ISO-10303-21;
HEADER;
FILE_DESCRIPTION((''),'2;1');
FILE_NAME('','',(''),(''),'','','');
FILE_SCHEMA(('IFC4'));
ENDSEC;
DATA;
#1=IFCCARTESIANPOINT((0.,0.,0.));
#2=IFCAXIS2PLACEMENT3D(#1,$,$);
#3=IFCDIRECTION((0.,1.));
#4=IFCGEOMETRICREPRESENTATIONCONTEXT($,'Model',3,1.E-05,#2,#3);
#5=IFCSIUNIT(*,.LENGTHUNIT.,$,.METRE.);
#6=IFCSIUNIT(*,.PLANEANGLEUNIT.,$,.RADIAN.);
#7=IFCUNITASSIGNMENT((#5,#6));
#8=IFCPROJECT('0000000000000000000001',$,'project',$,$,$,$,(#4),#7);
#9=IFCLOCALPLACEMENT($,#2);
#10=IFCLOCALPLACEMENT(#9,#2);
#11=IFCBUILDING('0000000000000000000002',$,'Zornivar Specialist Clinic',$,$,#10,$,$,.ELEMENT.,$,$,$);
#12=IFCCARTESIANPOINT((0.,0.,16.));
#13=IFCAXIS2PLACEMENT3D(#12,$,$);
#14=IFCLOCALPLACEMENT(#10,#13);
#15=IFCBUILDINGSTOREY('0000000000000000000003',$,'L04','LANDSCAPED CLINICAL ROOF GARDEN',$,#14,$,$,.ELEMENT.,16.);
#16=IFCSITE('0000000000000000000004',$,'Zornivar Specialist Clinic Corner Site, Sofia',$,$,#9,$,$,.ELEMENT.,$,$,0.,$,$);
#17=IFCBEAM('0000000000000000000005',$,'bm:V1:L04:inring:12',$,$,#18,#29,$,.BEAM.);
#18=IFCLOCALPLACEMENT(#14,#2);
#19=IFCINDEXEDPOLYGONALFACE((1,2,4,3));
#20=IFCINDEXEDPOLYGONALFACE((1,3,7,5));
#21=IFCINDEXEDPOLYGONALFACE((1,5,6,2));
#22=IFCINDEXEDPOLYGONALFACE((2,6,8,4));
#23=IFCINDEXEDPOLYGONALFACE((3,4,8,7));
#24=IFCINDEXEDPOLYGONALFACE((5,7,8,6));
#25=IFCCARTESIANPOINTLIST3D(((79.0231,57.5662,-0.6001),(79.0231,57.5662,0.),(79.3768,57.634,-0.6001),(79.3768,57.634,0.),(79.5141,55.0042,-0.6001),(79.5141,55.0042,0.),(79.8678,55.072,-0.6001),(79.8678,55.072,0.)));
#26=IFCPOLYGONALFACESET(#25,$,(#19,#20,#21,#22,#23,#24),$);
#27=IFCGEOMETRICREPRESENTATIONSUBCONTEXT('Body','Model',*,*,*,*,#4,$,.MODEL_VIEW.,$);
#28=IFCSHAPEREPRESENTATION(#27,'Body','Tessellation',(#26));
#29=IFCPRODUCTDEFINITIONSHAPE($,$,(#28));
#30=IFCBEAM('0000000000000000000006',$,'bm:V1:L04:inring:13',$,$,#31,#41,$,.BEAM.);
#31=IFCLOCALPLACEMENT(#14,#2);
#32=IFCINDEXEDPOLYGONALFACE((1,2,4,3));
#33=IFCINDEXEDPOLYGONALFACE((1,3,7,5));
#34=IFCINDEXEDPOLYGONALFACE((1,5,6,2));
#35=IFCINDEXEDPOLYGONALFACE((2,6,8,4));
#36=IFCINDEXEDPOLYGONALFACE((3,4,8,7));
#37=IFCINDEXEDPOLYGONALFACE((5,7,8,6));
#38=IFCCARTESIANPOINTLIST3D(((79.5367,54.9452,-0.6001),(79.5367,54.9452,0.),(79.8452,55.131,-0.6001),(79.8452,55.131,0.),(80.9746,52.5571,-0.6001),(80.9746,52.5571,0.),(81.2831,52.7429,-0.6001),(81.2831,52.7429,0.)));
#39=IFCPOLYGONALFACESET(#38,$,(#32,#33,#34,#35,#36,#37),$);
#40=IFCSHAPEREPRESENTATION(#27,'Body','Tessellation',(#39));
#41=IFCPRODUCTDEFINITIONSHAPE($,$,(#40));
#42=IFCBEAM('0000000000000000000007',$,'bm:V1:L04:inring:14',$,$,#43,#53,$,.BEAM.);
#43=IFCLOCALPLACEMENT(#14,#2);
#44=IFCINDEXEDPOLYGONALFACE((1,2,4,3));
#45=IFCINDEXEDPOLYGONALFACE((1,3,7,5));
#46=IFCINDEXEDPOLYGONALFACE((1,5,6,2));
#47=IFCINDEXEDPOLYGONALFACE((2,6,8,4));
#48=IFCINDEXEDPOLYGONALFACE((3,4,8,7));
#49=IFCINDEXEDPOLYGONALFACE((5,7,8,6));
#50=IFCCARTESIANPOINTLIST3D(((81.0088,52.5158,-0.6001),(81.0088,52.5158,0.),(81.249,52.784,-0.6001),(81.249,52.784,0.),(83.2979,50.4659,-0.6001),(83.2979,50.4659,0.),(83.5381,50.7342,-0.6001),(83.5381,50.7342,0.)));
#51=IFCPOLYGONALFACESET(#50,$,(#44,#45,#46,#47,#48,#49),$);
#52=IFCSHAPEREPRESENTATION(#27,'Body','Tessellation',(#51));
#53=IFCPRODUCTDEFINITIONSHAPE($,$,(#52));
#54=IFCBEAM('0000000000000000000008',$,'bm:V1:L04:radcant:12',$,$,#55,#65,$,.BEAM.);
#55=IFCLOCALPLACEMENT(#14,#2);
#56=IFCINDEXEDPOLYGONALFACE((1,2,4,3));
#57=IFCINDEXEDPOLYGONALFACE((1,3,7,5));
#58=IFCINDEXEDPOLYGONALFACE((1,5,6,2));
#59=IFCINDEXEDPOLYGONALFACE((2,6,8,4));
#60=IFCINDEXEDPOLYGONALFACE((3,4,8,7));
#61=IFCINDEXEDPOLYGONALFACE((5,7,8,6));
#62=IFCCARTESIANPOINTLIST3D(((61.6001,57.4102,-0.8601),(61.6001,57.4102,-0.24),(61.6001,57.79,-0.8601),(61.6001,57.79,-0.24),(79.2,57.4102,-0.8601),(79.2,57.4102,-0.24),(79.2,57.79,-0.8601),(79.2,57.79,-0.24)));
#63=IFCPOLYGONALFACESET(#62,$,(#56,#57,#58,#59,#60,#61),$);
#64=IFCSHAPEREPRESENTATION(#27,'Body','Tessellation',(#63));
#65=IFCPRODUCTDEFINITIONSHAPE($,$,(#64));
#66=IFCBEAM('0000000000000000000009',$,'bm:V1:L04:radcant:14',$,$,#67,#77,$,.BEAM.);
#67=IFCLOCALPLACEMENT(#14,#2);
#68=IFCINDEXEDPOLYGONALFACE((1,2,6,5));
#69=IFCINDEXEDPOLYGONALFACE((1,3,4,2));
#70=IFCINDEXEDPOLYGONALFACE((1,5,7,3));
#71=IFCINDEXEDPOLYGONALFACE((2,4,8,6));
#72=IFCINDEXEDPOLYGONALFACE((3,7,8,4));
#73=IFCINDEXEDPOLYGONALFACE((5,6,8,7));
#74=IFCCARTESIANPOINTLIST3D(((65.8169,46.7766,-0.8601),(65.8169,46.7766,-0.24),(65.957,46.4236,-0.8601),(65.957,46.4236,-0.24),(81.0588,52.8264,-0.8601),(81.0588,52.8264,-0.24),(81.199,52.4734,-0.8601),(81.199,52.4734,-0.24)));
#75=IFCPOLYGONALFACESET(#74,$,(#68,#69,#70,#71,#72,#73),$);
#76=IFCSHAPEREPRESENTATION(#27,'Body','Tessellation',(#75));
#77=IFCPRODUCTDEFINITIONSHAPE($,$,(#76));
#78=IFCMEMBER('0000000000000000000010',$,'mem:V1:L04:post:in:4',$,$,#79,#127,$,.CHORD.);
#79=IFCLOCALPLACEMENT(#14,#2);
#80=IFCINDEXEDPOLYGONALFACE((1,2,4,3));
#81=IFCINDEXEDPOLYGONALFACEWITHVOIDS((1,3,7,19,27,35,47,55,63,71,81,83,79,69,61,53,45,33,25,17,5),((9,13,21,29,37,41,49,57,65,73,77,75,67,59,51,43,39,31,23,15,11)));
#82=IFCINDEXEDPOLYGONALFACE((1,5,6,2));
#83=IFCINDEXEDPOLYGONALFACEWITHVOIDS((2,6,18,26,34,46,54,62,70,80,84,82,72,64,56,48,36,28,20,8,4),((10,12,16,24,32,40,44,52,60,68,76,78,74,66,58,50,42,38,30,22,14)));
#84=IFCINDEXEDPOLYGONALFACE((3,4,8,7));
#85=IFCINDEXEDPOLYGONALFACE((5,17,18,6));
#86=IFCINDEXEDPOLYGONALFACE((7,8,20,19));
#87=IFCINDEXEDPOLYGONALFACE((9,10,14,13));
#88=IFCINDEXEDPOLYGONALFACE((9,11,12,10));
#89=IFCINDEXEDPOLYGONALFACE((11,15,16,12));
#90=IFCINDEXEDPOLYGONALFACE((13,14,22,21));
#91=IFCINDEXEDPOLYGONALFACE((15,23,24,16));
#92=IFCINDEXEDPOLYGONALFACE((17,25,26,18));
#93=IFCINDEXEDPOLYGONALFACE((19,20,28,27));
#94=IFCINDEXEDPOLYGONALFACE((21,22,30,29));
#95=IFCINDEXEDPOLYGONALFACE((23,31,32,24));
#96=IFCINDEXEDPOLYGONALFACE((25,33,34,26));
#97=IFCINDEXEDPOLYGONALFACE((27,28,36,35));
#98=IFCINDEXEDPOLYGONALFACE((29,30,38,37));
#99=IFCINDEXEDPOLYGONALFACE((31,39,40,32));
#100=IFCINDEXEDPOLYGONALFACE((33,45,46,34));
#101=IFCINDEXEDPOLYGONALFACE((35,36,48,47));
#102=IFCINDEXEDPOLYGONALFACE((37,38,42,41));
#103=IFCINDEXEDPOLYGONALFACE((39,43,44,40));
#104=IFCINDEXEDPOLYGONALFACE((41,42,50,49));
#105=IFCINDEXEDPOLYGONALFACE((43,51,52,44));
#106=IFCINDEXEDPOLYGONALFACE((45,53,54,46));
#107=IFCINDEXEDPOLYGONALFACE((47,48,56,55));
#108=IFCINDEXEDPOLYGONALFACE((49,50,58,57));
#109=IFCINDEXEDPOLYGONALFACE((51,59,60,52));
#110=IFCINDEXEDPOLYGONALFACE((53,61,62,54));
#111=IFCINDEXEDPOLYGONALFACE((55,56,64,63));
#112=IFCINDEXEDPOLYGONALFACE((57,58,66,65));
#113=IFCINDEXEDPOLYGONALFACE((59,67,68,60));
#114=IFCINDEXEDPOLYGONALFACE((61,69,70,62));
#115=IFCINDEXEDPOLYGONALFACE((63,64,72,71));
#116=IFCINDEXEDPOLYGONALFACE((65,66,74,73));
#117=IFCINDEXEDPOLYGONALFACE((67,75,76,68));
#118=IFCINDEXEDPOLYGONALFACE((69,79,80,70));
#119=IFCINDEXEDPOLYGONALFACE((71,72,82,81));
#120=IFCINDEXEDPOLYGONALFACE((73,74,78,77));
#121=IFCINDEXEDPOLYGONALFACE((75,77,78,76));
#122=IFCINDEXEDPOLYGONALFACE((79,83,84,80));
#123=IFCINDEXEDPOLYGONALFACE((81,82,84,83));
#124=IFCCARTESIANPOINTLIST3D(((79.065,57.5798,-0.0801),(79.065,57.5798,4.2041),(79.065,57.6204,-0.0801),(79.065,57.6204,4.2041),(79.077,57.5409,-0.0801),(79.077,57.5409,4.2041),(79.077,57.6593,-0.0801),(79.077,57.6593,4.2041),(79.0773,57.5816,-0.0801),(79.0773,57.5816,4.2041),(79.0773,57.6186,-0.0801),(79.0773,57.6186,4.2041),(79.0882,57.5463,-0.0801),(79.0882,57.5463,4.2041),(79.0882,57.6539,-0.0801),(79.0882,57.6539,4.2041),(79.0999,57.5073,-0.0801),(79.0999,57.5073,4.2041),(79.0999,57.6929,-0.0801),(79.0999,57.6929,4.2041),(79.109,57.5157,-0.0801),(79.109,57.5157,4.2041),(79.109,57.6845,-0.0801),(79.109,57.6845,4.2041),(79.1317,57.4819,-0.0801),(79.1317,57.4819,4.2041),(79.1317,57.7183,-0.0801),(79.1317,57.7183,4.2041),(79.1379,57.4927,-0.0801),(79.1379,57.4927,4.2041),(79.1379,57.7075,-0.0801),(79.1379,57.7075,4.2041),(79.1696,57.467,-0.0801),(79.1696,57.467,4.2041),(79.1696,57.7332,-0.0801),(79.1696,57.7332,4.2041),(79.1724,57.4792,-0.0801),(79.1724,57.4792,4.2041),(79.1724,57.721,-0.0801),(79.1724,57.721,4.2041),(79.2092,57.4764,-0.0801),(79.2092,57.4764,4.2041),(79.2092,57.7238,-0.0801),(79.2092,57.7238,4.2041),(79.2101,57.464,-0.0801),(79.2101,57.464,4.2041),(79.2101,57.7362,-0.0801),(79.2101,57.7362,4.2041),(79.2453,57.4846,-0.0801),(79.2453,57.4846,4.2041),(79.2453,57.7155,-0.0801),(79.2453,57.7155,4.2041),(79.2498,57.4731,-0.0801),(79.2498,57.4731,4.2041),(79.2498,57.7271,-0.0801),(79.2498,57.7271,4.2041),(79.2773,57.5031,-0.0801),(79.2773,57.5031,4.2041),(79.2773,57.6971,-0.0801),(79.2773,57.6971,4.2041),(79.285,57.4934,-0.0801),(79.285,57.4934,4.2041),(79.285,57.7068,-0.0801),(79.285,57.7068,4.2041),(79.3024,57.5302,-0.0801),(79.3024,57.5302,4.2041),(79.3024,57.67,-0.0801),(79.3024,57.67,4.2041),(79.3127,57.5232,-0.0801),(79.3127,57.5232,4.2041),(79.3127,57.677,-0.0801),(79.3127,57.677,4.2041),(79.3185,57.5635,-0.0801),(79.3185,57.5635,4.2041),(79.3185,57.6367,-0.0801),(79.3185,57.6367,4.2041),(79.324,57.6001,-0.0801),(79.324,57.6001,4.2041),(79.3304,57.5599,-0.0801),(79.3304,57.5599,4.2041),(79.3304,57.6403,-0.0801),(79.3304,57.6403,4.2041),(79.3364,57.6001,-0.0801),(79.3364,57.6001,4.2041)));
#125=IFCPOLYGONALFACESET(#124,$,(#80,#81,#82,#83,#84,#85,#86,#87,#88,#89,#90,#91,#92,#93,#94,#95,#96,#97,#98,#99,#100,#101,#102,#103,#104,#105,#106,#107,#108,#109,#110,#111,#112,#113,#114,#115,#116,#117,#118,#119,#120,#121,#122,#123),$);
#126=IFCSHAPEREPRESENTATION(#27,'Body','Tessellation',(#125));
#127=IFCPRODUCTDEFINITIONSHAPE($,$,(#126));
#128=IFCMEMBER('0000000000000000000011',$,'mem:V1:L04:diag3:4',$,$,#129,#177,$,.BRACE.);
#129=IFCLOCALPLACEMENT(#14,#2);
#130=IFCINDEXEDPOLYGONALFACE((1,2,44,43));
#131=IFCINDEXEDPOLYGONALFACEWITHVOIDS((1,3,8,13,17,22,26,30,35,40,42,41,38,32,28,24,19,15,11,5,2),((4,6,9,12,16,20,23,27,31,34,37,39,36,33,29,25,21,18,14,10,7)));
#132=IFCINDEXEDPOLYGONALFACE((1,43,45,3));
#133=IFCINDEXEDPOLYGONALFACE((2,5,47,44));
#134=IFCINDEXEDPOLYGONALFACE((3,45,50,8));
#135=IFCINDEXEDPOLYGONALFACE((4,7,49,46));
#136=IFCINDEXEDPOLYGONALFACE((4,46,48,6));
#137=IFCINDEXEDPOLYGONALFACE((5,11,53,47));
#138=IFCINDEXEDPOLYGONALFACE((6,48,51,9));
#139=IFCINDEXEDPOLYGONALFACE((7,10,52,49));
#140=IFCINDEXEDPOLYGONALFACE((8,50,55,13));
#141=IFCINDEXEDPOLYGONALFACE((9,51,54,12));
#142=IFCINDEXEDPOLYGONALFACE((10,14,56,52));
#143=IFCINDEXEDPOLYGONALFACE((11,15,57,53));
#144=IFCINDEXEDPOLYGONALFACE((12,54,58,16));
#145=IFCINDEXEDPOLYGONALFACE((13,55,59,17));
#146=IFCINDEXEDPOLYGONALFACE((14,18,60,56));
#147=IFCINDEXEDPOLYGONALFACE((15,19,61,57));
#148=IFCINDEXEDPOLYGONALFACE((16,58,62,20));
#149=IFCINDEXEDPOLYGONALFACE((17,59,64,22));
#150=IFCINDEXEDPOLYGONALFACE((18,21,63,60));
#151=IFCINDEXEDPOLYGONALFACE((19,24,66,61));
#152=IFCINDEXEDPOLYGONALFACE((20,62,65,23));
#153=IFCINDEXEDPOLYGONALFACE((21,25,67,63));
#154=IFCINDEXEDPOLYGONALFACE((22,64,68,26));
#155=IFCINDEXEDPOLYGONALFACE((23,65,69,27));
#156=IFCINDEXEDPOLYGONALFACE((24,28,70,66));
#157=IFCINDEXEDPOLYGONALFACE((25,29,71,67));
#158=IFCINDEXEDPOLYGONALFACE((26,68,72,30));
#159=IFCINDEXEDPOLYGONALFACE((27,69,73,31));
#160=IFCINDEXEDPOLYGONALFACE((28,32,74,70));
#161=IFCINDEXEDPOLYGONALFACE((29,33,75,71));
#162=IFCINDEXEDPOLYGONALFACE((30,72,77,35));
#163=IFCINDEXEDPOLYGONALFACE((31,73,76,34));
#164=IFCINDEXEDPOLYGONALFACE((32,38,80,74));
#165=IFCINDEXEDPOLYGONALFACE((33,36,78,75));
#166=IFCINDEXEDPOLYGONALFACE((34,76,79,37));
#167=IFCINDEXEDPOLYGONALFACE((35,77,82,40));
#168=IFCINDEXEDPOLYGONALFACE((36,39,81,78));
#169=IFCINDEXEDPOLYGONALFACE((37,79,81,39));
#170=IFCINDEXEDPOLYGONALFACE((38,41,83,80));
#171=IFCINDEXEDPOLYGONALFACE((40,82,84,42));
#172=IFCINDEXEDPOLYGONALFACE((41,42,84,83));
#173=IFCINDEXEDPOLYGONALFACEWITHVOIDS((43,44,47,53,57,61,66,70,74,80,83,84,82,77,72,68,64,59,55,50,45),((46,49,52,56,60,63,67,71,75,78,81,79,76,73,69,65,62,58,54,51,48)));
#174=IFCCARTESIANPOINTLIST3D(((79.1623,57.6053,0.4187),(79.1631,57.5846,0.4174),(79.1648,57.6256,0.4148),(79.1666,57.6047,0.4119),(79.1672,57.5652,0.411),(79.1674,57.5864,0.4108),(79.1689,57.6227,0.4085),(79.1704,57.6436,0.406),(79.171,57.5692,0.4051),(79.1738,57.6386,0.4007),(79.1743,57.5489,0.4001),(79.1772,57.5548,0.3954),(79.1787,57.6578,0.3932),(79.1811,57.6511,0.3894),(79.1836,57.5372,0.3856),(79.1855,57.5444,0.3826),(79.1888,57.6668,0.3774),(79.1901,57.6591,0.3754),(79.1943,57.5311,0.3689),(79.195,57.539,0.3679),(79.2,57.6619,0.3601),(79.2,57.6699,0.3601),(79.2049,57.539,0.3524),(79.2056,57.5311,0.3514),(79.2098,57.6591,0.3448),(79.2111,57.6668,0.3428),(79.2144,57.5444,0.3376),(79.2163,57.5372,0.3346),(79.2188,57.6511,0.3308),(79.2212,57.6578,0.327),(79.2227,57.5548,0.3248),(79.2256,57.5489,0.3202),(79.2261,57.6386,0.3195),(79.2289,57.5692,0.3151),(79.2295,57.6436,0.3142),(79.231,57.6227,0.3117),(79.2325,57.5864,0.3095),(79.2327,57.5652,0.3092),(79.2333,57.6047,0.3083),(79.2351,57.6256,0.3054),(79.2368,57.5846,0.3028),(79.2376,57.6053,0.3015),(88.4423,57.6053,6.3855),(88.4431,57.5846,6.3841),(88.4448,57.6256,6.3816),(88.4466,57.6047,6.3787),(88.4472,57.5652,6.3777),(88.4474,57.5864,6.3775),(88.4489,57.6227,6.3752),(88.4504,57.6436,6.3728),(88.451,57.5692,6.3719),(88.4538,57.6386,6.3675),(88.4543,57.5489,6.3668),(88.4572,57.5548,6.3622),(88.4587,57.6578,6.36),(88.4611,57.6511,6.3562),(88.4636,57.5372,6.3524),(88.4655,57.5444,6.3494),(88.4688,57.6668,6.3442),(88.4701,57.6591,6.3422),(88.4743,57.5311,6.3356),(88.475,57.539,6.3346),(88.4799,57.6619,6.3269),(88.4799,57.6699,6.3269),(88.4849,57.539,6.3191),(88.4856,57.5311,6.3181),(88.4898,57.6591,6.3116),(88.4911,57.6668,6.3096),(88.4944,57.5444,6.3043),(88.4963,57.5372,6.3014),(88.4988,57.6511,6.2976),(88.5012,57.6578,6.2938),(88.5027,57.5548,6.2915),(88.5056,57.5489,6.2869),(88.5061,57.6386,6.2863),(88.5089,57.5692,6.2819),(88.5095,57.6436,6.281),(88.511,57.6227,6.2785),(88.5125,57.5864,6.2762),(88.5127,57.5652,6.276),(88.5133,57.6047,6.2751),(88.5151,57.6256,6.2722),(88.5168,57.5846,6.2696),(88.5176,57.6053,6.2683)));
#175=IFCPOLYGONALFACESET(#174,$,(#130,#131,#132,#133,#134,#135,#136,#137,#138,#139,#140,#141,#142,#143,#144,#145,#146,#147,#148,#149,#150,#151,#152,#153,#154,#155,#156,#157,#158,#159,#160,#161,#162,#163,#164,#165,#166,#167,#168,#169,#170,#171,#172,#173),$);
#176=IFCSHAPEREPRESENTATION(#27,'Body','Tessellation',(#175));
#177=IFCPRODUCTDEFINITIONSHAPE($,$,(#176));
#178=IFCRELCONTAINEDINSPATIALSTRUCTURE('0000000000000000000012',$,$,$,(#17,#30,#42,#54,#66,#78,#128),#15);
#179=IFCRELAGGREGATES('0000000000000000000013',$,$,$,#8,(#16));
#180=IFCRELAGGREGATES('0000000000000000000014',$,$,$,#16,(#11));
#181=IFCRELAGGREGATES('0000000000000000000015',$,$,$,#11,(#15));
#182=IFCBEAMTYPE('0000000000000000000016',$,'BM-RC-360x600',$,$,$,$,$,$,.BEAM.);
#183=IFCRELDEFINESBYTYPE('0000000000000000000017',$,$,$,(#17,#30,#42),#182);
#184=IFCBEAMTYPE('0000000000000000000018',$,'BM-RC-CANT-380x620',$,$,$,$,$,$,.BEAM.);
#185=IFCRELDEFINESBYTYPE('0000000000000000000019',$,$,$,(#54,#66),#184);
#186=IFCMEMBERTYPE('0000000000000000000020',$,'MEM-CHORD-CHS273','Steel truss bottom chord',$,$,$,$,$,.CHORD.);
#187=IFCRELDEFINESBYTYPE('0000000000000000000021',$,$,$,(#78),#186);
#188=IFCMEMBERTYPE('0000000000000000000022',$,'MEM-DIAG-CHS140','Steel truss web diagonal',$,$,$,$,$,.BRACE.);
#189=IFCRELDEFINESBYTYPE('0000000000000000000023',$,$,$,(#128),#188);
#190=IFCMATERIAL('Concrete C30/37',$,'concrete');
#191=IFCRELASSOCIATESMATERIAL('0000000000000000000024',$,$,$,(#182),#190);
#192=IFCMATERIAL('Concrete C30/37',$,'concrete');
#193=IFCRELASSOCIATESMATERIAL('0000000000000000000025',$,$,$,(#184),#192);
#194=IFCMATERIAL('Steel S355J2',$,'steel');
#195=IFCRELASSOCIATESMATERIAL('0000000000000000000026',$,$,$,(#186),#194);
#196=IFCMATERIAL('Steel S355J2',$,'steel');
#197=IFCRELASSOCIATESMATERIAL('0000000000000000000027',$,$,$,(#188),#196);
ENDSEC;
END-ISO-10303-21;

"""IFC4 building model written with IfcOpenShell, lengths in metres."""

from ifc_helpers import new_model, si_unit, direction, frame, origin, origin_2d, place, context, subcontext, project, spatial, rectangle, hollow_circle, extrude, material, material_profile, profile_set, type_object, element, save


model = new_model("IFC4")

# Units and contexts
model_context = context("Model", 3, precision=1e-05, world=origin(), true_north=direction((0.0, 1.0)))
body_context = subcontext(model_context, "Body", "Model", "MODEL_VIEW")
ifc_project = project(units=[si_unit("LENGTHUNIT", "METRE"), si_unit("PLANEANGLEUNIT", "RADIAN")], contexts=[model_context])

# Site, building, storey
site_placement = place(None, origin())
site = spatial("IfcSite", under=ifc_project, at=site_placement, Name="Zornivar Specialist Clinic Corner Site, Sofia", CompositionType="ELEMENT", RefElevation=0.0)
building_placement = place(site_placement, origin())
building = spatial("IfcBuilding", under=site, at=building_placement, Name="Zornivar Specialist Clinic", CompositionType="ELEMENT")
storey_placement = place(building_placement, frame((0.0, 0.0, 16.0)))
storey = spatial("IfcBuildingStorey", under=building, at=storey_placement, Name="L04", Description="LANDSCAPED CLINICAL ROOF GARDEN", CompositionType="ELEMENT", Elevation=16.0)

# Beams
ifc_material_1 = material(Name="Concrete C30/37", Category="concrete")
ifc_material_profile_1 = material_profile(ifc_material_1, rectangle(XDim=0.3601, YDim=0.6001, at=origin_2d()), Name="RC 360x600")
ifc_profile_set_1 = profile_set([ifc_material_profile_1], Name="Concrete C30/37")
beam_type_1 = type_object("IfcBeamType", Name="BM-RC-360x600", PredefinedType="BEAM", material=ifc_profile_set_1)
beam_1_placement = place(storey_placement, frame((79.2, 57.6001, -0.3), z_axis=(0.188209, -0.982129, 0.0), x_axis=(0.982129, 0.188209, 0.0)))
element("IfcBeam", 1, at=beam_1_placement, inside=storey, type_object=beam_type_1, Name="bm:V1:L04:inring:12", PredefinedType="BEAM", context=body_context, shape_type="SweptSolid", body=[
    extrude(rectangle(XDim=0.3601, YDim=0.6001, at=origin_2d()), origin(), (0.0, 0.0, 1.0), 2.6086),
])
beam_2_placement = place(storey_placement, frame((79.6909, 55.0381, -0.3), z_axis=(0.515835, -0.856688, 0.0), x_axis=(0.856688, 0.515835, 0.0)))
element("IfcBeam", 2, at=beam_2_placement, inside=storey, type_object=beam_type_1, Name="bm:V1:L04:inring:13", PredefinedType="BEAM", context=body_context, shape_type="SweptSolid", body=[
    extrude(rectangle(XDim=0.3601, YDim=0.6001, at=origin_2d()), origin(), (0.0, 0.0, 1.0), 2.7876),
])
beam_3_placement = place(storey_placement, frame((81.1289, 52.6499, -0.3), z_axis=(0.744967, -0.667101, 0.0), x_axis=(0.667101, 0.744967, 0.0)))
element("IfcBeam", 3, at=beam_3_placement, inside=storey, type_object=beam_type_1, Name="bm:V1:L04:inring:14", PredefinedType="BEAM", context=body_context, shape_type="SweptSolid", body=[
    extrude(rectangle(XDim=0.3601, YDim=0.6001, at=origin_2d()), origin(), (0.0, 0.0, 1.0), 3.0728),
])
ifc_material_2 = material(Name="Concrete C30/37", Category="concrete")
ifc_material_profile_2 = material_profile(ifc_material_2, rectangle(XDim=0.3799, YDim=0.6201, at=origin_2d()), Name="RC 380x620")
ifc_profile_set_2 = profile_set([ifc_material_profile_2], Name="Concrete C30/37")
beam_type_2 = type_object("IfcBeamType", Name="BM-RC-CANT-380x620", PredefinedType="BEAM", material=ifc_profile_set_2)
beam_4_placement = place(storey_placement, frame((79.2, 57.6001, -0.55), z_axis=(-1.0, 0.0, 0.0), x_axis=(0.0, -1.0, 0.0)))
element("IfcBeam", 4, at=beam_4_placement, inside=storey, type_object=beam_type_2, Name="bm:V1:L04:radcant:12", PredefinedType="BEAM", context=body_context, shape_type="SweptSolid", body=[
    extrude(rectangle(XDim=0.3799, YDim=0.6201, at=origin_2d()), origin(), (0.0, 0.0, 1.0), 17.5999),
])
beam_5_placement = place(storey_placement, frame((81.1289, 52.6499, -0.55), z_axis=(-0.929461, -0.36892, 0.0), x_axis=(0.36892, -0.929461, 0.0)))
element("IfcBeam", 5, at=beam_5_placement, inside=storey, type_object=beam_type_2, Name="bm:V1:L04:radcant:14", PredefinedType="BEAM", context=body_context, shape_type="SweptSolid", body=[
    extrude(rectangle(XDim=0.3799, YDim=0.6201, at=origin_2d()), origin(), (0.0, 0.0, 1.0), 16.3987),
])

# Members
ifc_material_3 = material(Name="Steel S355J2", Category="steel")
ifc_material_profile_3 = material_profile(ifc_material_3, hollow_circle(Radius=0.1365, WallThickness=0.0125, at=origin_2d()), Name="CHS 273x12.5")
ifc_profile_set_3 = profile_set([ifc_material_profile_3], Name="Steel S355J2")
member_type_1 = type_object("IfcMemberType", Name="MEM-CHORD-CHS273", Description="Steel truss bottom chord", PredefinedType="CHORD", material=ifc_profile_set_3)
member_1_placement = place(storey_placement, frame((79.2, 57.6001, -0.0801), z_axis=(0.0, 0.0, 1.0), x_axis=(1.0, 0.0, 0.0)))
element("IfcMember", 6, at=member_1_placement, inside=storey, type_object=member_type_1, Name="mem:V1:L04:post:in:4", PredefinedType="CHORD", context=body_context, shape_type="SweptSolid", body=[
    extrude(hollow_circle(Radius=0.1365, WallThickness=0.0125, at=origin_2d()), origin(), (0.0, 0.0, 1.0), 4.2842),
])
ifc_material_4 = material(Name="Steel S355J2", Category="steel")
ifc_material_profile_4 = material_profile(ifc_material_4, hollow_circle(Radius=0.0698, WallThickness=0.0081, at=origin_2d()), Name="CHS 139.7x8")
ifc_profile_set_4 = profile_set([ifc_material_profile_4], Name="Steel S355J2")
member_type_2 = type_object("IfcMemberType", Name="MEM-DIAG-CHS140", Description="Steel truss web diagonal", PredefinedType="BRACE", material=ifc_profile_set_4)
member_2_placement = place(storey_placement, frame((79.2, 57.6001, 0.3601), z_axis=(0.841135, 0.0, 0.540826), x_axis=(0.0, 1.0, 0.0)))
element("IfcMember", 7, at=member_2_placement, inside=storey, type_object=member_type_2, Name="mem:V1:L04:diag3:4", PredefinedType="BRACE", context=body_context, shape_type="SweptSolid", body=[
    extrude(hollow_circle(Radius=0.0698, WallThickness=0.0081, at=origin_2d()), origin(), (0.0, 0.0, 1.0), 11.0327),
])

save(model, "model.ifc")
